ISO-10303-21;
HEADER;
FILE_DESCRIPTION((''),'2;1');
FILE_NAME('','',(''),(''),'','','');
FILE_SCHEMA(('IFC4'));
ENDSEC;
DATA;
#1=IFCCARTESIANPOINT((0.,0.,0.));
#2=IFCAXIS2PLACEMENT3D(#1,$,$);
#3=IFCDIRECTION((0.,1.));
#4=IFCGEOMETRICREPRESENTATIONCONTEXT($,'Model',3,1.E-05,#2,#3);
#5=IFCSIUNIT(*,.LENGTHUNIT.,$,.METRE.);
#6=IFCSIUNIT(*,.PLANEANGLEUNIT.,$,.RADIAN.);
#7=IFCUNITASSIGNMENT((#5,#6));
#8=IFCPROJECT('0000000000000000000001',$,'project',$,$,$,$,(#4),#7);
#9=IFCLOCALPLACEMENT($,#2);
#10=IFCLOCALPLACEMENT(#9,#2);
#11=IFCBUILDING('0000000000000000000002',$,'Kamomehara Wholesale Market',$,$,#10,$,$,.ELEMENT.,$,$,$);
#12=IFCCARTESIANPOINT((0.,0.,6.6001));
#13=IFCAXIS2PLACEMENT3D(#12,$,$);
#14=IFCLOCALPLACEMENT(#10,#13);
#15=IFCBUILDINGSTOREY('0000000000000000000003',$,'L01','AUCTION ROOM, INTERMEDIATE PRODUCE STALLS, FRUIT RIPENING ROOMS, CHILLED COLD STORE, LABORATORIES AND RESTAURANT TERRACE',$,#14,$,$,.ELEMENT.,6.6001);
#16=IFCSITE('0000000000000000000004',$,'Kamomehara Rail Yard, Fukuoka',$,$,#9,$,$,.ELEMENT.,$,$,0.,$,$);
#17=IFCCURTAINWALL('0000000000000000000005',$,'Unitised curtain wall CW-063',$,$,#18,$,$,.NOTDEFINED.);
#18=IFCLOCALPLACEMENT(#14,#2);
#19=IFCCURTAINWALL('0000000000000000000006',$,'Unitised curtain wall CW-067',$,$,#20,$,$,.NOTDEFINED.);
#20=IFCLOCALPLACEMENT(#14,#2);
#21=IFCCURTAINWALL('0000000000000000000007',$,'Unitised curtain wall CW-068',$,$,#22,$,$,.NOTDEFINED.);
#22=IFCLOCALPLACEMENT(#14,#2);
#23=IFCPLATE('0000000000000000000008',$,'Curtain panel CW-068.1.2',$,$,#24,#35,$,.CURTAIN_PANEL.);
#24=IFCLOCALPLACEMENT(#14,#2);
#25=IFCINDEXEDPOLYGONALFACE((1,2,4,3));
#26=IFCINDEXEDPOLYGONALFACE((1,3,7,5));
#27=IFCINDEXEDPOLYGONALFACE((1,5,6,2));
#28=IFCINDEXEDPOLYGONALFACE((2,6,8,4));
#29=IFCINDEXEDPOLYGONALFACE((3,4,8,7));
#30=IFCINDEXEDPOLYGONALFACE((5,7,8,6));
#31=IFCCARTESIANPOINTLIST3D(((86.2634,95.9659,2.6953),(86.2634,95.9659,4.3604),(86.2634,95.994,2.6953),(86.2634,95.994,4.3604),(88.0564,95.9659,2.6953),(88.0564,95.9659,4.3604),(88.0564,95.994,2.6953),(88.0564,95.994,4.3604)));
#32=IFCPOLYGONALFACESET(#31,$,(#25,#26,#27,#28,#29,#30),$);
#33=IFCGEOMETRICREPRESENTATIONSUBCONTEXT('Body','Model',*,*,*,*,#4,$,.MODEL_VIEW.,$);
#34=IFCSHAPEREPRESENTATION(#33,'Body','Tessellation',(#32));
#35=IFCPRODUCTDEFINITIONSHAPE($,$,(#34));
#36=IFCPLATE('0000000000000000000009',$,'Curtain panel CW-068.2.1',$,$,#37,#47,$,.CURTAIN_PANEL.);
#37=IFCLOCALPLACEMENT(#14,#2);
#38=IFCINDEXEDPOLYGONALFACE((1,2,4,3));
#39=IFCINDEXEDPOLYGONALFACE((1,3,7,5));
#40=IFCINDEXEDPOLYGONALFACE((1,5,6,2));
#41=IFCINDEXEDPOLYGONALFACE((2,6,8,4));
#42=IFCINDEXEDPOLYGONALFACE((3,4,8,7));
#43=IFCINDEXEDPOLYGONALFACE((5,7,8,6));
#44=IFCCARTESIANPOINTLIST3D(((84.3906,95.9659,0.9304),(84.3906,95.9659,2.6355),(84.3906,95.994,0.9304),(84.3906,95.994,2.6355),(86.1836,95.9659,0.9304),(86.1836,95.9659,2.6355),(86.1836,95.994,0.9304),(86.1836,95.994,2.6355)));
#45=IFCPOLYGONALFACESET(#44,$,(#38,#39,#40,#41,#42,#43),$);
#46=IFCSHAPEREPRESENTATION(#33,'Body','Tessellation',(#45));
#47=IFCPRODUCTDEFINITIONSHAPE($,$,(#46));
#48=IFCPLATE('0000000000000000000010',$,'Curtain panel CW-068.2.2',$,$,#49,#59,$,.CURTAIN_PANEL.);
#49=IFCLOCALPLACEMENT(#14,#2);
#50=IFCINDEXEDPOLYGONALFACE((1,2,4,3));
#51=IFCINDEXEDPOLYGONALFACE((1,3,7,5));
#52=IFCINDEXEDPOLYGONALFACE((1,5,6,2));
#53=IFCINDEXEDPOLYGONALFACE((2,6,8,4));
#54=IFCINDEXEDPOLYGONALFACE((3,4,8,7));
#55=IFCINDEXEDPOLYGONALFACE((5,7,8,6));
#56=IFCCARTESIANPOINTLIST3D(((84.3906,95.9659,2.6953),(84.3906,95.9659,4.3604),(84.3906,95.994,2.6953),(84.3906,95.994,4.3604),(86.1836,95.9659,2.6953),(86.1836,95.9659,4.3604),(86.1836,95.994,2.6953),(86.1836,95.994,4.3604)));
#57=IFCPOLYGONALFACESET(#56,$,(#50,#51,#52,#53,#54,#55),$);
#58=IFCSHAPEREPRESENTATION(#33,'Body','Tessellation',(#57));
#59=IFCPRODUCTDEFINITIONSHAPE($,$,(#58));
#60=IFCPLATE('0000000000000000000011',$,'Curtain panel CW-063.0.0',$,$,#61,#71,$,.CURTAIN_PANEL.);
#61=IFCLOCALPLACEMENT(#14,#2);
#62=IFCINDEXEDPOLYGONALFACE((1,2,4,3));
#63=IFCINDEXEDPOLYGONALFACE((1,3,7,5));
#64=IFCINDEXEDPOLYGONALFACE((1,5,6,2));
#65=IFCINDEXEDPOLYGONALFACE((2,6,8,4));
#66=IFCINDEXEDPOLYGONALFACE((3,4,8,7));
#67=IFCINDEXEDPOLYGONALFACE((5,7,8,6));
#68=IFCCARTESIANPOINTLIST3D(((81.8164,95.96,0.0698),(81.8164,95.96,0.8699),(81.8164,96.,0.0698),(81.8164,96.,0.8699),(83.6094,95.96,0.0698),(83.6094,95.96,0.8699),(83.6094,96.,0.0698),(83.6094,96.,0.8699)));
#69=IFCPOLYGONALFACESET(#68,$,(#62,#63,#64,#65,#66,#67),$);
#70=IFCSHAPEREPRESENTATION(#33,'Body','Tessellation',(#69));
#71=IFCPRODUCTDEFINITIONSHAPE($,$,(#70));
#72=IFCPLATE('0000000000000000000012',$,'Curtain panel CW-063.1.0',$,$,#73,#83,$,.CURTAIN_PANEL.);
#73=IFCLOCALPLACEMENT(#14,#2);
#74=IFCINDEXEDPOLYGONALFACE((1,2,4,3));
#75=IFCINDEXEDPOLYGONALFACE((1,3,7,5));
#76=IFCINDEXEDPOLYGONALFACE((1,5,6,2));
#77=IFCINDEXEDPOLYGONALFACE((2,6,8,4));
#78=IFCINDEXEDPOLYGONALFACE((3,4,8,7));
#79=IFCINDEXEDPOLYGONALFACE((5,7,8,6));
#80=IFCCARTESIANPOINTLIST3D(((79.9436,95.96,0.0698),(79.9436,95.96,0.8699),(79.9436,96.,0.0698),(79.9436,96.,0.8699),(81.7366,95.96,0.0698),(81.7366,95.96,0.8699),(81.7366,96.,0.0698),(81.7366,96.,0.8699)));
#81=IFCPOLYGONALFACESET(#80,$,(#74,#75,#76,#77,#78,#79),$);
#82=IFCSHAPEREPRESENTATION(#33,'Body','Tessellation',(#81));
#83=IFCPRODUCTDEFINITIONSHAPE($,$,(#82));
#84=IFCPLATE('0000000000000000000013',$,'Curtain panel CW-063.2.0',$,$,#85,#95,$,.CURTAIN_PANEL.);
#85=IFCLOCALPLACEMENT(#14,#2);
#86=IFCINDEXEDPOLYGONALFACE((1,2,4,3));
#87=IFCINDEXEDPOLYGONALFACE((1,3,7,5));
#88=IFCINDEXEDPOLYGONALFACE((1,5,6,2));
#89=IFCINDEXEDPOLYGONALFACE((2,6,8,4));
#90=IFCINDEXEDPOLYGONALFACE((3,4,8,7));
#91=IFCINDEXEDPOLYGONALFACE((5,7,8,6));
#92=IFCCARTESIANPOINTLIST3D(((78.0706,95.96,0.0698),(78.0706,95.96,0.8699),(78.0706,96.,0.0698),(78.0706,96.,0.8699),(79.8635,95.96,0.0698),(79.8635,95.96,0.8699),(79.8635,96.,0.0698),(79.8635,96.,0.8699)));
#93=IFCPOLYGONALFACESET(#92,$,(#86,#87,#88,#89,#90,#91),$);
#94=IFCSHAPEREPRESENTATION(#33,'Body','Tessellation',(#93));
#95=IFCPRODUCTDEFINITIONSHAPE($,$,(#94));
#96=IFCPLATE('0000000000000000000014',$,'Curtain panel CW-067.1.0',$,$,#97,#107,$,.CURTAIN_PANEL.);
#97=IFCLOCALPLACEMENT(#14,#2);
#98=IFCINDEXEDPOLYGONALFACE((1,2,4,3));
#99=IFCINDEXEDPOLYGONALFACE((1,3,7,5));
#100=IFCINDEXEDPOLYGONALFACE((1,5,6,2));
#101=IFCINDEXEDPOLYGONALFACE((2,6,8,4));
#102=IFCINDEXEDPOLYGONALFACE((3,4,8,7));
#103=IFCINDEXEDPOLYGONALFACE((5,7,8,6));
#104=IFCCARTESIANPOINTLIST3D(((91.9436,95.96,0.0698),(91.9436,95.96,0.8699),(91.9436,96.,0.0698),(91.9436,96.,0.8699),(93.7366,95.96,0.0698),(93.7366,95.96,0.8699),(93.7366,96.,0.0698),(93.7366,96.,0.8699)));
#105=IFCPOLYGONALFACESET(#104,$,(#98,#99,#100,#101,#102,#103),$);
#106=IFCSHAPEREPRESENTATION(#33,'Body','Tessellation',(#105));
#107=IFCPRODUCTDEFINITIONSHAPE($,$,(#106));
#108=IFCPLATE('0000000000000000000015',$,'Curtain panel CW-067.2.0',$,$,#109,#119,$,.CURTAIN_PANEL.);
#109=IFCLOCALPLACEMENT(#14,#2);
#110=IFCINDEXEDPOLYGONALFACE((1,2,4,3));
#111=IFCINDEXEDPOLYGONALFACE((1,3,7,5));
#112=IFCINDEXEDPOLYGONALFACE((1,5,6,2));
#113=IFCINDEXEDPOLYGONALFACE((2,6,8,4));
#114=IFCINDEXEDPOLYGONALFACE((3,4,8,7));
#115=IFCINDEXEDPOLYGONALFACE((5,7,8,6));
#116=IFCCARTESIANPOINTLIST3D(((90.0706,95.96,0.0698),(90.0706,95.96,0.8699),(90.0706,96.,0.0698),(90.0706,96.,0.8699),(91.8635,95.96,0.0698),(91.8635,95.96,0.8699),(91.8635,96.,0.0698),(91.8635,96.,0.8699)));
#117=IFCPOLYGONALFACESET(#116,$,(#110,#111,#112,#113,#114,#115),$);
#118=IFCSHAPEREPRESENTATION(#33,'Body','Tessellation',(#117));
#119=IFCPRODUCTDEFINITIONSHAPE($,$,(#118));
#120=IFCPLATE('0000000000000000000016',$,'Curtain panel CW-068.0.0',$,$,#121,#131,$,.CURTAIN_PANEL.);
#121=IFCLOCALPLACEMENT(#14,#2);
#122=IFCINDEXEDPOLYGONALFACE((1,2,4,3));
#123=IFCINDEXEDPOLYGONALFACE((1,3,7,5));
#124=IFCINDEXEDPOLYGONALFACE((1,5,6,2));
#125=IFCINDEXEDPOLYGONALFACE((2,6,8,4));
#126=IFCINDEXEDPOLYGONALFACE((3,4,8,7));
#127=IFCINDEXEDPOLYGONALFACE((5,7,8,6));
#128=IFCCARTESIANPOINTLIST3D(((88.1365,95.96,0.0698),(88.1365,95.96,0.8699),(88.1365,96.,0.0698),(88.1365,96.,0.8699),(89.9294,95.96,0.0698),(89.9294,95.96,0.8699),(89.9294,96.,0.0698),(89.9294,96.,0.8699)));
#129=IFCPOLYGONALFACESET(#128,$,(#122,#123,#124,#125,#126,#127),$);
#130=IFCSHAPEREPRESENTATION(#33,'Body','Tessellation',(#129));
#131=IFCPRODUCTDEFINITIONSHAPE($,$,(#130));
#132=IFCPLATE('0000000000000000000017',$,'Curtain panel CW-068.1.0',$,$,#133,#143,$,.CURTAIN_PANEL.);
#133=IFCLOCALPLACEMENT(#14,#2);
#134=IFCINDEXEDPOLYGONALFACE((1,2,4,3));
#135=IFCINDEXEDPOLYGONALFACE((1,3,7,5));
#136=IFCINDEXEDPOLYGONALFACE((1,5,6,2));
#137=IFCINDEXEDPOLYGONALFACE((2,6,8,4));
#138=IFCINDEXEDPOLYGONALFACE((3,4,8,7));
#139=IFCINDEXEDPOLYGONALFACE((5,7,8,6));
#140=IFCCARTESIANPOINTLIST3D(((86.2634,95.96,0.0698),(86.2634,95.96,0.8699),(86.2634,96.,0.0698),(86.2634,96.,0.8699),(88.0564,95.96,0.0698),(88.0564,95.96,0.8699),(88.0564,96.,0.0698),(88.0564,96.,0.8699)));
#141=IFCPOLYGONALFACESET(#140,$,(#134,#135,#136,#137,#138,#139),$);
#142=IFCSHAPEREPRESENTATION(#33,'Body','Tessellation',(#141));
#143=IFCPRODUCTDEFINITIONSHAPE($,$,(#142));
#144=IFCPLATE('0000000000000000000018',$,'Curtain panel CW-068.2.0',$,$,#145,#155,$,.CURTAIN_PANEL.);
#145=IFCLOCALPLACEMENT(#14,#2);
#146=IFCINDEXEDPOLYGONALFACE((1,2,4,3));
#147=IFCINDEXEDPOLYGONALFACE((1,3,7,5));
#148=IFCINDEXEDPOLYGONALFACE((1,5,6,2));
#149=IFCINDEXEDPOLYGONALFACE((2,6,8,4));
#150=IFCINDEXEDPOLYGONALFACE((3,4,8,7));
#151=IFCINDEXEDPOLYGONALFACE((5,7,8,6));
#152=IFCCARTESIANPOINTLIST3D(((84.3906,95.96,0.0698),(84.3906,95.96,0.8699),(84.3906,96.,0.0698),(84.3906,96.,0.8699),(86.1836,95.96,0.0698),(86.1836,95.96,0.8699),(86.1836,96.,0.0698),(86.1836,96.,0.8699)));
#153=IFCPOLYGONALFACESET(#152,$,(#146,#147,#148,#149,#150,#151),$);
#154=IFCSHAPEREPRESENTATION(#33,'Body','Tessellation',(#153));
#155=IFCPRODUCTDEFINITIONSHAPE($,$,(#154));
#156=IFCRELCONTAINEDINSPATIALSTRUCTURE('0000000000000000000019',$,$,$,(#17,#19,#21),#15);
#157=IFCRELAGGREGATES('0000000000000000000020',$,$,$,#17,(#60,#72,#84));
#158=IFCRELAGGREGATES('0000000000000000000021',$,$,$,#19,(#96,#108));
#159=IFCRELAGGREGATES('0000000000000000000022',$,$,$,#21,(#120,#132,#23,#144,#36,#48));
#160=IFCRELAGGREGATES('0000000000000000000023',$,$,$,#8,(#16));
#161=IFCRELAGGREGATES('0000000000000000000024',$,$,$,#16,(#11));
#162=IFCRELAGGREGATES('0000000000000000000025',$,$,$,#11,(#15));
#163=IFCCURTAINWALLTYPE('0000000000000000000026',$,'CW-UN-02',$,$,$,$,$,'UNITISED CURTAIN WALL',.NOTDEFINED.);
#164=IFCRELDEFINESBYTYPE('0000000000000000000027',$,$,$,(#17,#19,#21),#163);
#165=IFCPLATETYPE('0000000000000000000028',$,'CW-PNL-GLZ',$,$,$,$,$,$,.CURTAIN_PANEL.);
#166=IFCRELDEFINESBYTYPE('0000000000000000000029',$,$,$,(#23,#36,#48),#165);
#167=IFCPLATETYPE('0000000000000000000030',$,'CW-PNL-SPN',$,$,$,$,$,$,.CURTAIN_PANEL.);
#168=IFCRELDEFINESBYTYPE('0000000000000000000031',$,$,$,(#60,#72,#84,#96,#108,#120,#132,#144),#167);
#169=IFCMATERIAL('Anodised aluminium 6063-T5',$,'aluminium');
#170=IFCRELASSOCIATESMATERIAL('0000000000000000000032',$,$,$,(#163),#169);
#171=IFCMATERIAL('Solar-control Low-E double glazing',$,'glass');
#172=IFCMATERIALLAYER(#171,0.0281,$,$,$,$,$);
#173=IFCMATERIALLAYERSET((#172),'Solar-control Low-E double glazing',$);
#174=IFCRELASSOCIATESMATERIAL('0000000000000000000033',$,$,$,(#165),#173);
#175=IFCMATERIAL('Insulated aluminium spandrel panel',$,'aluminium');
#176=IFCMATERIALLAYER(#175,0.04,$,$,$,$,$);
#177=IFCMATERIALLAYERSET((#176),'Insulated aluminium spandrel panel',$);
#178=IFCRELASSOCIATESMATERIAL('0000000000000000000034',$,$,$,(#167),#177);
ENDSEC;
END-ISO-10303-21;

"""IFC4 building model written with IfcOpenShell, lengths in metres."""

from ifc_helpers import new_model, si_unit, direction, frame, origin, origin_2d, place, context, subcontext, project, spatial, rectangle, extrude, material, layer, layer_set, type_object, element, aggregate, save


model = new_model("IFC4")

# Units and contexts
model_context = context("Model", 3, precision=1e-05, world=origin(), true_north=direction((0.0, 1.0)))
body_context = subcontext(model_context, "Body", "Model", "MODEL_VIEW")
ifc_project = project(units=[si_unit("LENGTHUNIT", "METRE"), si_unit("PLANEANGLEUNIT", "RADIAN")], contexts=[model_context])

# Site, building, storey
site_placement = place(None, origin())
site = spatial("IfcSite", under=ifc_project, at=site_placement, Name="Kamomehara Rail Yard, Fukuoka", CompositionType="ELEMENT", RefElevation=0.0)
building_placement = place(site_placement, origin())
building = spatial("IfcBuilding", under=site, at=building_placement, Name="Kamomehara Wholesale Market", CompositionType="ELEMENT")
storey_placement = place(building_placement, frame((0.0, 0.0, 6.6001)))
storey = spatial("IfcBuildingStorey", under=building, at=storey_placement, Name="L01", Description="AUCTION ROOM, INTERMEDIATE PRODUCE STALLS, FRUIT RIPENING ROOMS, CHILLED COLD STORE, LABORATORIES AND RESTAURANT TERRACE", CompositionType="ELEMENT", Elevation=6.6001)

# Curtain walls, plates
ifc_material_1 = material(Name="Anodised aluminium 6063-T5", Category="aluminium")
curtain_wall_type = type_object("IfcCurtainWallType", Name="CW-UN-02", ElementType="UNITISED CURTAIN WALL", PredefinedType="NOTDEFINED", material=ifc_material_1)
curtain_wall_1_placement = place(storey_placement, origin())
curtain_wall_1 = element("IfcCurtainWall", 1, at=curtain_wall_1_placement, inside=storey, type_object=curtain_wall_type, Name="Unitised curtain wall CW-063", PredefinedType="NOTDEFINED")
ifc_material_2 = material(Name="Solar-control Low-E double glazing", Category="glass")
ifc_layer_1 = layer(ifc_material_2, 0.0281)
ifc_layer_set_1 = layer_set([ifc_layer_1], Name="Solar-control Low-E double glazing")
plate_type_1 = type_object("IfcPlateType", Name="CW-PNL-GLZ", PredefinedType="CURTAIN_PANEL", material=ifc_layer_set_1)
curtain_wall_2_placement = place(storey_placement, origin())
curtain_wall_2 = element("IfcCurtainWall", 2, at=curtain_wall_2_placement, inside=storey, type_object=curtain_wall_type, Name="Unitised curtain wall CW-067", PredefinedType="NOTDEFINED")
curtain_wall_3_placement = place(storey_placement, origin())
curtain_wall_3 = element("IfcCurtainWall", 3, at=curtain_wall_3_placement, inside=storey, type_object=curtain_wall_type, Name="Unitised curtain wall CW-068", PredefinedType="NOTDEFINED")
plate_1_placement = place(storey_placement, frame((87.1599, 95.98, 2.6953), z_axis=(0.0, 0.0, 1.0), x_axis=(-1.0, 0.0, 0.0)))
plate_1 = element("IfcPlate", 4, at=plate_1_placement, type_object=plate_type_1, Name="Curtain panel CW-068.1.2", PredefinedType="CURTAIN_PANEL", context=body_context, shape_type="SweptSolid", body=[
    extrude(rectangle(XDim=1.793, YDim=0.0281, at=origin_2d()), origin(), (0.0, 0.0, 1.0), 1.665),
])
plate_2_placement = place(storey_placement, frame((85.2871, 95.98, 0.9304), z_axis=(0.0, 0.0, 1.0), x_axis=(-1.0, 0.0, 0.0)))
plate_2 = element("IfcPlate", 5, at=plate_2_placement, type_object=plate_type_1, Name="Curtain panel CW-068.2.1", PredefinedType="CURTAIN_PANEL", context=body_context, shape_type="SweptSolid", body=[
    extrude(rectangle(XDim=1.793, YDim=0.0281, at=origin_2d()), origin(), (0.0, 0.0, 1.0), 1.7051),
])
plate_3_placement = place(storey_placement, frame((85.2871, 95.98, 2.6953), z_axis=(0.0, 0.0, 1.0), x_axis=(-1.0, 0.0, 0.0)))
plate_3 = element("IfcPlate", 6, at=plate_3_placement, type_object=plate_type_1, Name="Curtain panel CW-068.2.2", PredefinedType="CURTAIN_PANEL", context=body_context, shape_type="SweptSolid", body=[
    extrude(rectangle(XDim=1.793, YDim=0.0281, at=origin_2d()), origin(), (0.0, 0.0, 1.0), 1.665),
])

# Plates
ifc_material_3 = material(Name="Insulated aluminium spandrel panel", Category="aluminium")
ifc_layer_2 = layer(ifc_material_3, 0.04)
ifc_layer_set_2 = layer_set([ifc_layer_2], Name="Insulated aluminium spandrel panel")
plate_type_2 = type_object("IfcPlateType", Name="CW-PNL-SPN", PredefinedType="CURTAIN_PANEL", material=ifc_layer_set_2)
plate_4_placement = place(storey_placement, frame((82.7129, 95.98, 0.0698), z_axis=(0.0, 0.0, 1.0), x_axis=(-1.0, 0.0, 0.0)))
plate_4 = element("IfcPlate", 7, at=plate_4_placement, type_object=plate_type_2, Name="Curtain panel CW-063.0.0", PredefinedType="CURTAIN_PANEL", context=body_context, shape_type="SweptSolid", body=[
    extrude(rectangle(XDim=1.793, YDim=0.04, at=origin_2d()), origin(), (0.0, 0.0, 1.0), 0.8),
])
plate_5_placement = place(storey_placement, frame((80.8401, 95.98, 0.0698), z_axis=(0.0, 0.0, 1.0), x_axis=(-1.0, 0.0, 0.0)))
plate_5 = element("IfcPlate", 8, at=plate_5_placement, type_object=plate_type_2, Name="Curtain panel CW-063.1.0", PredefinedType="CURTAIN_PANEL", context=body_context, shape_type="SweptSolid", body=[
    extrude(rectangle(XDim=1.793, YDim=0.04, at=origin_2d()), origin(), (0.0, 0.0, 1.0), 0.8),
])
plate_6_placement = place(storey_placement, frame((78.967, 95.98, 0.0698), z_axis=(0.0, 0.0, 1.0), x_axis=(-1.0, 0.0, 0.0)))
plate_6 = element("IfcPlate", 9, at=plate_6_placement, type_object=plate_type_2, Name="Curtain panel CW-063.2.0", PredefinedType="CURTAIN_PANEL", context=body_context, shape_type="SweptSolid", body=[
    extrude(rectangle(XDim=1.793, YDim=0.04, at=origin_2d()), origin(), (0.0, 0.0, 1.0), 0.8),
])
aggregate(curtain_wall_1, [plate_4, plate_5, plate_6])
plate_7_placement = place(storey_placement, frame((92.8401, 95.98, 0.0698), z_axis=(0.0, 0.0, 1.0), x_axis=(-1.0, 0.0, 0.0)))
plate_7 = element("IfcPlate", 10, at=plate_7_placement, type_object=plate_type_2, Name="Curtain panel CW-067.1.0", PredefinedType="CURTAIN_PANEL", context=body_context, shape_type="SweptSolid", body=[
    extrude(rectangle(XDim=1.793, YDim=0.04, at=origin_2d()), origin(), (0.0, 0.0, 1.0), 0.8),
])
plate_8_placement = place(storey_placement, frame((90.967, 95.98, 0.0698), z_axis=(0.0, 0.0, 1.0), x_axis=(-1.0, 0.0, 0.0)))
plate_8 = element("IfcPlate", 11, at=plate_8_placement, type_object=plate_type_2, Name="Curtain panel CW-067.2.0", PredefinedType="CURTAIN_PANEL", context=body_context, shape_type="SweptSolid", body=[
    extrude(rectangle(XDim=1.793, YDim=0.04, at=origin_2d()), origin(), (0.0, 0.0, 1.0), 0.8),
])
aggregate(curtain_wall_2, [plate_7, plate_8])
plate_9_placement = place(storey_placement, frame((89.033, 95.98, 0.0698), z_axis=(0.0, 0.0, 1.0), x_axis=(-1.0, 0.0, 0.0)))
plate_9 = element("IfcPlate", 12, at=plate_9_placement, type_object=plate_type_2, Name="Curtain panel CW-068.0.0", PredefinedType="CURTAIN_PANEL", context=body_context, shape_type="SweptSolid", body=[
    extrude(rectangle(XDim=1.793, YDim=0.04, at=origin_2d()), origin(), (0.0, 0.0, 1.0), 0.8),
])
plate_10_placement = place(storey_placement, frame((87.1599, 95.98, 0.0698), z_axis=(0.0, 0.0, 1.0), x_axis=(-1.0, 0.0, 0.0)))
plate_10 = element("IfcPlate", 13, at=plate_10_placement, type_object=plate_type_2, Name="Curtain panel CW-068.1.0", PredefinedType="CURTAIN_PANEL", context=body_context, shape_type="SweptSolid", body=[
    extrude(rectangle(XDim=1.793, YDim=0.04, at=origin_2d()), origin(), (0.0, 0.0, 1.0), 0.8),
])
plate_11_placement = place(storey_placement, frame((85.2871, 95.98, 0.0698), z_axis=(0.0, 0.0, 1.0), x_axis=(-1.0, 0.0, 0.0)))
plate_11 = element("IfcPlate", 14, at=plate_11_placement, type_object=plate_type_2, Name="Curtain panel CW-068.2.0", PredefinedType="CURTAIN_PANEL", context=body_context, shape_type="SweptSolid", body=[
    extrude(rectangle(XDim=1.793, YDim=0.04, at=origin_2d()), origin(), (0.0, 0.0, 1.0), 0.8),
])
aggregate(curtain_wall_3, [plate_9, plate_10, plate_1, plate_11, plate_2, plate_3])

save(model, "model.ifc")
